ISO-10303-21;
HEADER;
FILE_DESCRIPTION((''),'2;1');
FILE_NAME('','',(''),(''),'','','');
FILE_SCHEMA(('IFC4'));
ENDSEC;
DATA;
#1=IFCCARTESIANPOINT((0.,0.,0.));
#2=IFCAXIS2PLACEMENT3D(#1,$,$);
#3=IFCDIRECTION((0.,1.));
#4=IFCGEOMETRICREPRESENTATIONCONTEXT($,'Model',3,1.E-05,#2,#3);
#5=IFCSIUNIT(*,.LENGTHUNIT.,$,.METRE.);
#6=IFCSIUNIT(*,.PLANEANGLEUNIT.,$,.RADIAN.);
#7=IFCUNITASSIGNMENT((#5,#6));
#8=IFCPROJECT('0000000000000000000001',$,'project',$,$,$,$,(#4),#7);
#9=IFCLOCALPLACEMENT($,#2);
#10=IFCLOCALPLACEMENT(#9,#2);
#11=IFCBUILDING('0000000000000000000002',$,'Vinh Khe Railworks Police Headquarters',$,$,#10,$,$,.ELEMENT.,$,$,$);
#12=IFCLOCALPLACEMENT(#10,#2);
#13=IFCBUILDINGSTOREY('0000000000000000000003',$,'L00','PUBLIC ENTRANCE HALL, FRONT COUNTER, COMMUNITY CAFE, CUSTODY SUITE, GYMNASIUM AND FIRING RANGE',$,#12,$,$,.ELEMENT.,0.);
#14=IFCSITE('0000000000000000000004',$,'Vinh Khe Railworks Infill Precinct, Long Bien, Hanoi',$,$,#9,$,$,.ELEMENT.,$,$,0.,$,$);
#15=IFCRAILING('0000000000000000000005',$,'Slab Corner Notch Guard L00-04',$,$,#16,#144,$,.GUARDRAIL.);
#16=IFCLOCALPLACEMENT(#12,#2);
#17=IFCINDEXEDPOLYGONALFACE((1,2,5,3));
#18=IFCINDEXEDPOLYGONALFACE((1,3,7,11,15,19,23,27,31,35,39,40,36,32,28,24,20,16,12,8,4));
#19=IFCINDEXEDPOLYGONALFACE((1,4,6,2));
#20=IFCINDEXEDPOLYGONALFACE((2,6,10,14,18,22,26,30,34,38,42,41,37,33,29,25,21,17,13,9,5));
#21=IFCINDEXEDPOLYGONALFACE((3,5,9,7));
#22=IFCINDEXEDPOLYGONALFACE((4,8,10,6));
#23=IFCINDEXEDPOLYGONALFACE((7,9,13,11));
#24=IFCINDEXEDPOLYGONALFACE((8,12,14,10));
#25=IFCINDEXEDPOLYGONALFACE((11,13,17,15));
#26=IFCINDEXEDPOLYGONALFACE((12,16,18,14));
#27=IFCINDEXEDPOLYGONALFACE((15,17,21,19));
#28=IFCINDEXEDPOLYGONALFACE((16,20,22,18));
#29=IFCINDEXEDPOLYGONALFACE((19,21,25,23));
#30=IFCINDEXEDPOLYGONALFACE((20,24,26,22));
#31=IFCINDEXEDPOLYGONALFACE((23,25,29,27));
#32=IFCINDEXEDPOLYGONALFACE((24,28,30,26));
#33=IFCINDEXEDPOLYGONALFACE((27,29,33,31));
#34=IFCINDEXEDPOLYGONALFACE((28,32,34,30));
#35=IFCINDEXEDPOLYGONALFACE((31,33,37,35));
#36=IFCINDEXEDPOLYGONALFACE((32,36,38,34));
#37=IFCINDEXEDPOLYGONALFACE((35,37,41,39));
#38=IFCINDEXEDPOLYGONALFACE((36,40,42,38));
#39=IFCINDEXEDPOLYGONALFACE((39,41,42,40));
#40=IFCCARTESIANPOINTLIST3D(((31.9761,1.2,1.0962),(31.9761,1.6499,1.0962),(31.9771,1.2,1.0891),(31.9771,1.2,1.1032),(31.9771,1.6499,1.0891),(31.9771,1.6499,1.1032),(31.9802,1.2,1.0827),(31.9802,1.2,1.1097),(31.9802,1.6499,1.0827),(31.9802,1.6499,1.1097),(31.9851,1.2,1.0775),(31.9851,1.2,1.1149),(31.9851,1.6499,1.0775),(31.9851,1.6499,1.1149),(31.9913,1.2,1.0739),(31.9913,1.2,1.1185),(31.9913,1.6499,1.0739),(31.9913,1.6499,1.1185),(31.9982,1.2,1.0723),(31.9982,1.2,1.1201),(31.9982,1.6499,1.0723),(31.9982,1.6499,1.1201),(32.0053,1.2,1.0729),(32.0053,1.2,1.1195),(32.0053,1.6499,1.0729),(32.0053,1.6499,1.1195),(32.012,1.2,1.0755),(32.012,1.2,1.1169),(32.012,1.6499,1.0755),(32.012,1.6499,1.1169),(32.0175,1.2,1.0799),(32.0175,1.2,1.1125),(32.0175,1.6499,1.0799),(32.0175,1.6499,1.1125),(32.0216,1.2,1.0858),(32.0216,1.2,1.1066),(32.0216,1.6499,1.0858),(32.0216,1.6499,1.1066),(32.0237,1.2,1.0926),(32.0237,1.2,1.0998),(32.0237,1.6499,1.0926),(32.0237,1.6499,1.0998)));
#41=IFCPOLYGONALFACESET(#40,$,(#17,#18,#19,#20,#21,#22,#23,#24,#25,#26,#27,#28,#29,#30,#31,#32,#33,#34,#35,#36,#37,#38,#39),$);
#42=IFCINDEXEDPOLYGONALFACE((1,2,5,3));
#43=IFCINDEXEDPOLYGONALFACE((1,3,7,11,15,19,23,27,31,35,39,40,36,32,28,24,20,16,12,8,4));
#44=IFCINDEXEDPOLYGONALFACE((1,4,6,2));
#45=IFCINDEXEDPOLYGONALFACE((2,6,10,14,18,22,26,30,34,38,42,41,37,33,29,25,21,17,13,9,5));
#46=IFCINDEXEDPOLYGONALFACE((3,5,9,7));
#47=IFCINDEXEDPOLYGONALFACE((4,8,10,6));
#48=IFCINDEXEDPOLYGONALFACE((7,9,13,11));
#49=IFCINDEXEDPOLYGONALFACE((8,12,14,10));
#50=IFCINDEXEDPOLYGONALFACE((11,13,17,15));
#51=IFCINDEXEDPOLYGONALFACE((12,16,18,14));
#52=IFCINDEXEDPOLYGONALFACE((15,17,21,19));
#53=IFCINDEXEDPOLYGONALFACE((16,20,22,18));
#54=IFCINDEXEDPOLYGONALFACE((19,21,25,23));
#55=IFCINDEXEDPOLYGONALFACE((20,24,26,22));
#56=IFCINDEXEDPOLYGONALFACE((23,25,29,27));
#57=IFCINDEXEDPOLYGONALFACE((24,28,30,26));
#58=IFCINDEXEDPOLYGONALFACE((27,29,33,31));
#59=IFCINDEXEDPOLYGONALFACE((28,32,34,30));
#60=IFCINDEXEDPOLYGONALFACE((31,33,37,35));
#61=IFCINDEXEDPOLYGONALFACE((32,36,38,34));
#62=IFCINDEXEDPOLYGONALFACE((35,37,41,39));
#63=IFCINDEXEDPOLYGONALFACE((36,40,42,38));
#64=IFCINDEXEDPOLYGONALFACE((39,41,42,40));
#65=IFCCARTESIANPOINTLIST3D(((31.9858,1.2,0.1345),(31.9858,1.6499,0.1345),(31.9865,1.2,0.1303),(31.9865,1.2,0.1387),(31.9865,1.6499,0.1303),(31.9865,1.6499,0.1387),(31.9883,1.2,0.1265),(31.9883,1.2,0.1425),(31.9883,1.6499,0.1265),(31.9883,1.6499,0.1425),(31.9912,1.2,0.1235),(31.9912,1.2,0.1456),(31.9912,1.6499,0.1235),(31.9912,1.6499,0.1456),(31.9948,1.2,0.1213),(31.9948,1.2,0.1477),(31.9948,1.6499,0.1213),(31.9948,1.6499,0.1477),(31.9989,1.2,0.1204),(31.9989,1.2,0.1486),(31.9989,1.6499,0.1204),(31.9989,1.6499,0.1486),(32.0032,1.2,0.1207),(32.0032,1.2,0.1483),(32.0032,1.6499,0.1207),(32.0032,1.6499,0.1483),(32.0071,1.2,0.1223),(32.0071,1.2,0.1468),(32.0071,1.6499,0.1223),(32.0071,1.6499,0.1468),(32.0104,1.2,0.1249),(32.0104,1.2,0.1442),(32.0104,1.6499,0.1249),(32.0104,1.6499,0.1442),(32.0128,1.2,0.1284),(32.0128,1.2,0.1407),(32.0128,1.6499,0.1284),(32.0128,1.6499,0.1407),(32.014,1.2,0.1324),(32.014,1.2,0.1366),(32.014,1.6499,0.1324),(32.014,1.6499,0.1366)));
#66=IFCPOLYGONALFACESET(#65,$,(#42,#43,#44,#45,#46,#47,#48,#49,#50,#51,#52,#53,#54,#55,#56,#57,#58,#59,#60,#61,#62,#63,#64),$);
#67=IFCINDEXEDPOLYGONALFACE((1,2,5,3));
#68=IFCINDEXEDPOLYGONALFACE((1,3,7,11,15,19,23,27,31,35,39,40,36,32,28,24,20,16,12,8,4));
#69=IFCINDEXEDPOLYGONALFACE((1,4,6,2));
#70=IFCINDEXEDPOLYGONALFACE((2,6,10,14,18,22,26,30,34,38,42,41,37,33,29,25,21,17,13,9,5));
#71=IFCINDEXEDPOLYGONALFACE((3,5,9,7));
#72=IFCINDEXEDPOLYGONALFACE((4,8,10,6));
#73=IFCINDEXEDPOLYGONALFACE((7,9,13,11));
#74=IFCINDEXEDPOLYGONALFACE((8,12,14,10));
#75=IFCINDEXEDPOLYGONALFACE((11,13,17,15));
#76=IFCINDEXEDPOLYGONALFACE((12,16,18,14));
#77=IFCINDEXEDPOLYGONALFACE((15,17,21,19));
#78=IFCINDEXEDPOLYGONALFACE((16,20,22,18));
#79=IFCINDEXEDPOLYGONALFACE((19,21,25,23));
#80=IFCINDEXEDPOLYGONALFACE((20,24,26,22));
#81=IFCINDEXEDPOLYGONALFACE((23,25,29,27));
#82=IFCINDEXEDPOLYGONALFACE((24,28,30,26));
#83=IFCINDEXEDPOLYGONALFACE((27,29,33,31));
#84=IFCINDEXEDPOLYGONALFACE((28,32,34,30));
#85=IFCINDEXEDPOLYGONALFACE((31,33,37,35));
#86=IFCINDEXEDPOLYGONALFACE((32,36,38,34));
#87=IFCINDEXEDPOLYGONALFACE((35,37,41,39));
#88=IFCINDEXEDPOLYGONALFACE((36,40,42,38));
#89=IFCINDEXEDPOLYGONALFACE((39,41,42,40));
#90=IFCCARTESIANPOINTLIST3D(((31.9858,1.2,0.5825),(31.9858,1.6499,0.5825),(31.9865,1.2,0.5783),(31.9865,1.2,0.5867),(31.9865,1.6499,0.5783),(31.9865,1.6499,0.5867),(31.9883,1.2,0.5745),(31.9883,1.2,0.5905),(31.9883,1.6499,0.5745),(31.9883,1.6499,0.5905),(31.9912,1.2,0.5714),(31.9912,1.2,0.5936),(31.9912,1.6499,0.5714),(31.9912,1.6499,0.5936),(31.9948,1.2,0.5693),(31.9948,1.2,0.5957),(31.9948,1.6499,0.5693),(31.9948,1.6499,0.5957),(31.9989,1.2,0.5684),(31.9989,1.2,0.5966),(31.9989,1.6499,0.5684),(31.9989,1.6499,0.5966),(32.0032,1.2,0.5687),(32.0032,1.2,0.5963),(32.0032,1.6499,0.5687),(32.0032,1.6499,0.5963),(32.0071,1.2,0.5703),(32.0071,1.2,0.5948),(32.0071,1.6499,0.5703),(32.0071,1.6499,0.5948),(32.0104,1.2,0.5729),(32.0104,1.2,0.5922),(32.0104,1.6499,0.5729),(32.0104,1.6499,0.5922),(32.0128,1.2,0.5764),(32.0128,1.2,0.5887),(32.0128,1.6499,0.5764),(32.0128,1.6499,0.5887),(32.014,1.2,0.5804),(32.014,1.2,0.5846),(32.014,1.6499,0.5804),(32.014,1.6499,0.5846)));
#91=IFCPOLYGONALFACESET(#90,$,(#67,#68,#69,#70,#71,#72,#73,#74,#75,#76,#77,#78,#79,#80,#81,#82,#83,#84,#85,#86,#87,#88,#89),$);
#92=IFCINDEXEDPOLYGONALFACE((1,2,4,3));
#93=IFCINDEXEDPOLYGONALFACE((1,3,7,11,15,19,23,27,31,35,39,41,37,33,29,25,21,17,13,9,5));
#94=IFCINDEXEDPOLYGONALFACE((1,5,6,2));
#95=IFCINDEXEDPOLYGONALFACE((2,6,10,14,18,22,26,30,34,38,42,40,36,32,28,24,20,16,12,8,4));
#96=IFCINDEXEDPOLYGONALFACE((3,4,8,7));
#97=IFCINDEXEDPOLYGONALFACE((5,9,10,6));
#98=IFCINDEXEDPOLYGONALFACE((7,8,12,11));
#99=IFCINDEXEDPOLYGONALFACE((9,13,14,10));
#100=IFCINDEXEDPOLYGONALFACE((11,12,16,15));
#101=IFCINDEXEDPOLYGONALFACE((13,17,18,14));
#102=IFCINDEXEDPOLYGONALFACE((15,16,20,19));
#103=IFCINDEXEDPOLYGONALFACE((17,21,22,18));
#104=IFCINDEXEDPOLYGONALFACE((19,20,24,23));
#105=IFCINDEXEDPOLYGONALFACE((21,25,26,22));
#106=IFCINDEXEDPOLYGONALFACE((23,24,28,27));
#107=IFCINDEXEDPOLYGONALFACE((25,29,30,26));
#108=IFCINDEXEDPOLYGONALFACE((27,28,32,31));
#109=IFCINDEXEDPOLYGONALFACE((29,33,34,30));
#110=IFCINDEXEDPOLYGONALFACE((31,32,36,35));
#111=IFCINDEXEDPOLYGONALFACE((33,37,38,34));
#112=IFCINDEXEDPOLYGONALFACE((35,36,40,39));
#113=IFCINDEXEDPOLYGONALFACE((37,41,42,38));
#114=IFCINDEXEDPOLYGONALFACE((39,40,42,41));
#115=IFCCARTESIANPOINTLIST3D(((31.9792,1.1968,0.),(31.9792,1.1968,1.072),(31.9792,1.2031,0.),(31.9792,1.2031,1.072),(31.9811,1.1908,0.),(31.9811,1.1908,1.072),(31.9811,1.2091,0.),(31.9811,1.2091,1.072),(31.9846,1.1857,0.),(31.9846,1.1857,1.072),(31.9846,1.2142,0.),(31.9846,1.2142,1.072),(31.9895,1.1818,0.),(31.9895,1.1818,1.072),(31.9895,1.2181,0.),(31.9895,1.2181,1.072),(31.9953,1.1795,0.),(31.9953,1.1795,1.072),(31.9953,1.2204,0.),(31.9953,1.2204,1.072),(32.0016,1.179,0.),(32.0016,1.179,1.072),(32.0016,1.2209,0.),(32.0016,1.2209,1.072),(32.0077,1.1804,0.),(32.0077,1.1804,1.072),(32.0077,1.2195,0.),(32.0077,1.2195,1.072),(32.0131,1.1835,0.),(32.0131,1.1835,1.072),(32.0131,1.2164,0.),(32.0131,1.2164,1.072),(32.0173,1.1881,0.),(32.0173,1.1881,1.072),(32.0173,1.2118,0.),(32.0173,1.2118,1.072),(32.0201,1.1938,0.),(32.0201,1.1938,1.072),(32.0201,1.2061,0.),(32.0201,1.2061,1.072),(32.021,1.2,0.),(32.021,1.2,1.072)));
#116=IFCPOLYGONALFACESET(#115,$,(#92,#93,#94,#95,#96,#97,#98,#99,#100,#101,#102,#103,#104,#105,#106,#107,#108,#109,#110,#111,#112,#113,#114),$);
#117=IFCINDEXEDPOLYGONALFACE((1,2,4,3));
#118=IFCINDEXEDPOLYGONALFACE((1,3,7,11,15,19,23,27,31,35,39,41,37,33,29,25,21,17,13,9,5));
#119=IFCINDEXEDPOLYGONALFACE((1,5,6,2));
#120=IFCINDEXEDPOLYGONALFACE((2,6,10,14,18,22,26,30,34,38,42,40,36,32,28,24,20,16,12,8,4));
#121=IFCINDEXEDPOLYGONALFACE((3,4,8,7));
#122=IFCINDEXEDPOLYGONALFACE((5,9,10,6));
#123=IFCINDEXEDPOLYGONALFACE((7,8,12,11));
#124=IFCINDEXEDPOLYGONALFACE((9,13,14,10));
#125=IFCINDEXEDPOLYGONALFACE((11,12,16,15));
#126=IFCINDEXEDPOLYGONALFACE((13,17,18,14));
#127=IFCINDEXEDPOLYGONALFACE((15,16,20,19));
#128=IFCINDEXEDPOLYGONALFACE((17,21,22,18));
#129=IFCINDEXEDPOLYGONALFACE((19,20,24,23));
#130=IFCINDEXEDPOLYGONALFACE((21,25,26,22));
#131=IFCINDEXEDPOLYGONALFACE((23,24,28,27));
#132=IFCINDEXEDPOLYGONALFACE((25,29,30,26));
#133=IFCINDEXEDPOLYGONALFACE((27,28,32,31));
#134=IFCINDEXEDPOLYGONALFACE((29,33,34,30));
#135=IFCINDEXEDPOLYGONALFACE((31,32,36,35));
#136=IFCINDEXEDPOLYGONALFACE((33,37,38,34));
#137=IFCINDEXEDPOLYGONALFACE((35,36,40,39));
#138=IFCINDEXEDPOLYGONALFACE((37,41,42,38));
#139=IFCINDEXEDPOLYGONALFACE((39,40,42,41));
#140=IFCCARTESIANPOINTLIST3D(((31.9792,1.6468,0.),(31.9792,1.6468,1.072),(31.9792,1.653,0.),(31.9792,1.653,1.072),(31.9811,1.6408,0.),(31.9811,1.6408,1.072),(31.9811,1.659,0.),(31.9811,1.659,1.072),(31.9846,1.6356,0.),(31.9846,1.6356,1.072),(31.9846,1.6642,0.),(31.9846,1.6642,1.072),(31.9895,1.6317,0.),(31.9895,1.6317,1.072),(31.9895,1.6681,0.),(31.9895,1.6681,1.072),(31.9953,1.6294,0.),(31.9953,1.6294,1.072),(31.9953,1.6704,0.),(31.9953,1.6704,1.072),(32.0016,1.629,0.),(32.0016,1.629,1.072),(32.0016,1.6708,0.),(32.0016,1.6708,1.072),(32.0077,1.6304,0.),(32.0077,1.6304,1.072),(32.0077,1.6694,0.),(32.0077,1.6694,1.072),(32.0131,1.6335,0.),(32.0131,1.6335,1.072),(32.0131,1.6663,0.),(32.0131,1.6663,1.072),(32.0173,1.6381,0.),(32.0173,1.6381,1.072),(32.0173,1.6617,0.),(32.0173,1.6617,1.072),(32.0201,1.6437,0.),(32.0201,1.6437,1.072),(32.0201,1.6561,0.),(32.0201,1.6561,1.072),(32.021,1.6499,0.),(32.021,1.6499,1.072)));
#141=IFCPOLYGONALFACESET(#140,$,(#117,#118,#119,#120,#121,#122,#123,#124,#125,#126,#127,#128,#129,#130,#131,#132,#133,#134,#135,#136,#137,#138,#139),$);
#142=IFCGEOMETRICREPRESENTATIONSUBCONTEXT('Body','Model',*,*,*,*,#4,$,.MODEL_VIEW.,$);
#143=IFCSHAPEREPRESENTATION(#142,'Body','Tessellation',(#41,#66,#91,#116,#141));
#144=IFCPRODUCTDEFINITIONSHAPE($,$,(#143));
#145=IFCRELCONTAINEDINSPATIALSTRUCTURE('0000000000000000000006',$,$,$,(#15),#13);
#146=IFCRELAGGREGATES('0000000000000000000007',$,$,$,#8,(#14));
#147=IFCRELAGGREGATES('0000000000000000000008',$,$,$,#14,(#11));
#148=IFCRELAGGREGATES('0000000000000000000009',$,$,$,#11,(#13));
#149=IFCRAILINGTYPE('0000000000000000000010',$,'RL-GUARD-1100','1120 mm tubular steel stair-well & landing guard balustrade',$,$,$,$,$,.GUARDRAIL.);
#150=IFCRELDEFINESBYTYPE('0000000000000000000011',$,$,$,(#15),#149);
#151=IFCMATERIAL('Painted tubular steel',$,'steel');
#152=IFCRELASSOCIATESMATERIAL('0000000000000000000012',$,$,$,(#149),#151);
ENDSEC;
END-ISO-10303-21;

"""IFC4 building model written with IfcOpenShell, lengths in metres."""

from ifc_helpers import new_model, si_unit, direction, frame, origin, origin_2d, place, context, subcontext, project, spatial, circle, extrude, material, type_object, element, save


model = new_model("IFC4")

# Units and contexts
model_context = context("Model", 3, precision=1e-05, world=origin(), true_north=direction((0.0, 1.0)))
body_context = subcontext(model_context, "Body", "Model", "MODEL_VIEW")
ifc_project = project(units=[si_unit("LENGTHUNIT", "METRE"), si_unit("PLANEANGLEUNIT", "RADIAN")], contexts=[model_context])

# Site, building, storey
site_placement = place(None, origin())
site = spatial("IfcSite", under=ifc_project, at=site_placement, Name="Vinh Khe Railworks Infill Precinct, Long Bien, Hanoi", CompositionType="ELEMENT", RefElevation=0.0)
building_placement = place(site_placement, origin())
building = spatial("IfcBuilding", under=site, at=building_placement, Name="Vinh Khe Railworks Police Headquarters", CompositionType="ELEMENT")
storey_placement = place(building_placement, origin())
storey = spatial("IfcBuildingStorey", under=building, at=storey_placement, Name="L00", Description="PUBLIC ENTRANCE HALL, FRONT COUNTER, COMMUNITY CAFE, CUSTODY SUITE, GYMNASIUM AND FIRING RANGE", CompositionType="ELEMENT", Elevation=0.0)

# Railing
ifc_material_1 = material(Name="Painted tubular steel", Category="steel")
railing_type = type_object("IfcRailingType", Name="RL-GUARD-1100", Description="1120 mm tubular steel stair-well & landing guard balustrade", PredefinedType="GUARDRAIL", material=ifc_material_1)
railing_1_placement = place(storey_placement, frame((32.0, 1.2, 0.0)))
element("IfcRailing", 1, at=railing_1_placement, inside=storey, type_object=railing_type, Name="Slab Corner Notch Guard L00-04", PredefinedType="GUARDRAIL", context=body_context, shape_type="SweptSolid", body=[
    extrude(circle(Radius=0.0239, at=origin_2d()), frame((0.0, 0.0, 1.0962), z_axis=(0.0, 1.0, 0.0), x_axis=(-1.0, 0.0, 0.0)), (0.0, 0.0, 1.0), 0.45),
    extrude(circle(Radius=0.0142, at=origin_2d()), frame((0.0, 0.0, 0.1345), z_axis=(0.0, 1.0, 0.0), x_axis=(-1.0, 0.0, 0.0)), (0.0, 0.0, 1.0), 0.45),
    extrude(circle(Radius=0.0142, at=origin_2d()), frame((0.0, 0.0, 0.5825), z_axis=(0.0, 1.0, 0.0), x_axis=(-1.0, 0.0, 0.0)), (0.0, 0.0, 1.0), 0.45),
    extrude(circle(Radius=0.021, at=origin_2d()), origin(), (0.0, 0.0, 1.0), 1.072),
    extrude(circle(Radius=0.021, at=origin_2d()), frame((0.0, 0.45, 0.0)), (0.0, 0.0, 1.0), 1.072),
])

save(model, "model.ifc")
